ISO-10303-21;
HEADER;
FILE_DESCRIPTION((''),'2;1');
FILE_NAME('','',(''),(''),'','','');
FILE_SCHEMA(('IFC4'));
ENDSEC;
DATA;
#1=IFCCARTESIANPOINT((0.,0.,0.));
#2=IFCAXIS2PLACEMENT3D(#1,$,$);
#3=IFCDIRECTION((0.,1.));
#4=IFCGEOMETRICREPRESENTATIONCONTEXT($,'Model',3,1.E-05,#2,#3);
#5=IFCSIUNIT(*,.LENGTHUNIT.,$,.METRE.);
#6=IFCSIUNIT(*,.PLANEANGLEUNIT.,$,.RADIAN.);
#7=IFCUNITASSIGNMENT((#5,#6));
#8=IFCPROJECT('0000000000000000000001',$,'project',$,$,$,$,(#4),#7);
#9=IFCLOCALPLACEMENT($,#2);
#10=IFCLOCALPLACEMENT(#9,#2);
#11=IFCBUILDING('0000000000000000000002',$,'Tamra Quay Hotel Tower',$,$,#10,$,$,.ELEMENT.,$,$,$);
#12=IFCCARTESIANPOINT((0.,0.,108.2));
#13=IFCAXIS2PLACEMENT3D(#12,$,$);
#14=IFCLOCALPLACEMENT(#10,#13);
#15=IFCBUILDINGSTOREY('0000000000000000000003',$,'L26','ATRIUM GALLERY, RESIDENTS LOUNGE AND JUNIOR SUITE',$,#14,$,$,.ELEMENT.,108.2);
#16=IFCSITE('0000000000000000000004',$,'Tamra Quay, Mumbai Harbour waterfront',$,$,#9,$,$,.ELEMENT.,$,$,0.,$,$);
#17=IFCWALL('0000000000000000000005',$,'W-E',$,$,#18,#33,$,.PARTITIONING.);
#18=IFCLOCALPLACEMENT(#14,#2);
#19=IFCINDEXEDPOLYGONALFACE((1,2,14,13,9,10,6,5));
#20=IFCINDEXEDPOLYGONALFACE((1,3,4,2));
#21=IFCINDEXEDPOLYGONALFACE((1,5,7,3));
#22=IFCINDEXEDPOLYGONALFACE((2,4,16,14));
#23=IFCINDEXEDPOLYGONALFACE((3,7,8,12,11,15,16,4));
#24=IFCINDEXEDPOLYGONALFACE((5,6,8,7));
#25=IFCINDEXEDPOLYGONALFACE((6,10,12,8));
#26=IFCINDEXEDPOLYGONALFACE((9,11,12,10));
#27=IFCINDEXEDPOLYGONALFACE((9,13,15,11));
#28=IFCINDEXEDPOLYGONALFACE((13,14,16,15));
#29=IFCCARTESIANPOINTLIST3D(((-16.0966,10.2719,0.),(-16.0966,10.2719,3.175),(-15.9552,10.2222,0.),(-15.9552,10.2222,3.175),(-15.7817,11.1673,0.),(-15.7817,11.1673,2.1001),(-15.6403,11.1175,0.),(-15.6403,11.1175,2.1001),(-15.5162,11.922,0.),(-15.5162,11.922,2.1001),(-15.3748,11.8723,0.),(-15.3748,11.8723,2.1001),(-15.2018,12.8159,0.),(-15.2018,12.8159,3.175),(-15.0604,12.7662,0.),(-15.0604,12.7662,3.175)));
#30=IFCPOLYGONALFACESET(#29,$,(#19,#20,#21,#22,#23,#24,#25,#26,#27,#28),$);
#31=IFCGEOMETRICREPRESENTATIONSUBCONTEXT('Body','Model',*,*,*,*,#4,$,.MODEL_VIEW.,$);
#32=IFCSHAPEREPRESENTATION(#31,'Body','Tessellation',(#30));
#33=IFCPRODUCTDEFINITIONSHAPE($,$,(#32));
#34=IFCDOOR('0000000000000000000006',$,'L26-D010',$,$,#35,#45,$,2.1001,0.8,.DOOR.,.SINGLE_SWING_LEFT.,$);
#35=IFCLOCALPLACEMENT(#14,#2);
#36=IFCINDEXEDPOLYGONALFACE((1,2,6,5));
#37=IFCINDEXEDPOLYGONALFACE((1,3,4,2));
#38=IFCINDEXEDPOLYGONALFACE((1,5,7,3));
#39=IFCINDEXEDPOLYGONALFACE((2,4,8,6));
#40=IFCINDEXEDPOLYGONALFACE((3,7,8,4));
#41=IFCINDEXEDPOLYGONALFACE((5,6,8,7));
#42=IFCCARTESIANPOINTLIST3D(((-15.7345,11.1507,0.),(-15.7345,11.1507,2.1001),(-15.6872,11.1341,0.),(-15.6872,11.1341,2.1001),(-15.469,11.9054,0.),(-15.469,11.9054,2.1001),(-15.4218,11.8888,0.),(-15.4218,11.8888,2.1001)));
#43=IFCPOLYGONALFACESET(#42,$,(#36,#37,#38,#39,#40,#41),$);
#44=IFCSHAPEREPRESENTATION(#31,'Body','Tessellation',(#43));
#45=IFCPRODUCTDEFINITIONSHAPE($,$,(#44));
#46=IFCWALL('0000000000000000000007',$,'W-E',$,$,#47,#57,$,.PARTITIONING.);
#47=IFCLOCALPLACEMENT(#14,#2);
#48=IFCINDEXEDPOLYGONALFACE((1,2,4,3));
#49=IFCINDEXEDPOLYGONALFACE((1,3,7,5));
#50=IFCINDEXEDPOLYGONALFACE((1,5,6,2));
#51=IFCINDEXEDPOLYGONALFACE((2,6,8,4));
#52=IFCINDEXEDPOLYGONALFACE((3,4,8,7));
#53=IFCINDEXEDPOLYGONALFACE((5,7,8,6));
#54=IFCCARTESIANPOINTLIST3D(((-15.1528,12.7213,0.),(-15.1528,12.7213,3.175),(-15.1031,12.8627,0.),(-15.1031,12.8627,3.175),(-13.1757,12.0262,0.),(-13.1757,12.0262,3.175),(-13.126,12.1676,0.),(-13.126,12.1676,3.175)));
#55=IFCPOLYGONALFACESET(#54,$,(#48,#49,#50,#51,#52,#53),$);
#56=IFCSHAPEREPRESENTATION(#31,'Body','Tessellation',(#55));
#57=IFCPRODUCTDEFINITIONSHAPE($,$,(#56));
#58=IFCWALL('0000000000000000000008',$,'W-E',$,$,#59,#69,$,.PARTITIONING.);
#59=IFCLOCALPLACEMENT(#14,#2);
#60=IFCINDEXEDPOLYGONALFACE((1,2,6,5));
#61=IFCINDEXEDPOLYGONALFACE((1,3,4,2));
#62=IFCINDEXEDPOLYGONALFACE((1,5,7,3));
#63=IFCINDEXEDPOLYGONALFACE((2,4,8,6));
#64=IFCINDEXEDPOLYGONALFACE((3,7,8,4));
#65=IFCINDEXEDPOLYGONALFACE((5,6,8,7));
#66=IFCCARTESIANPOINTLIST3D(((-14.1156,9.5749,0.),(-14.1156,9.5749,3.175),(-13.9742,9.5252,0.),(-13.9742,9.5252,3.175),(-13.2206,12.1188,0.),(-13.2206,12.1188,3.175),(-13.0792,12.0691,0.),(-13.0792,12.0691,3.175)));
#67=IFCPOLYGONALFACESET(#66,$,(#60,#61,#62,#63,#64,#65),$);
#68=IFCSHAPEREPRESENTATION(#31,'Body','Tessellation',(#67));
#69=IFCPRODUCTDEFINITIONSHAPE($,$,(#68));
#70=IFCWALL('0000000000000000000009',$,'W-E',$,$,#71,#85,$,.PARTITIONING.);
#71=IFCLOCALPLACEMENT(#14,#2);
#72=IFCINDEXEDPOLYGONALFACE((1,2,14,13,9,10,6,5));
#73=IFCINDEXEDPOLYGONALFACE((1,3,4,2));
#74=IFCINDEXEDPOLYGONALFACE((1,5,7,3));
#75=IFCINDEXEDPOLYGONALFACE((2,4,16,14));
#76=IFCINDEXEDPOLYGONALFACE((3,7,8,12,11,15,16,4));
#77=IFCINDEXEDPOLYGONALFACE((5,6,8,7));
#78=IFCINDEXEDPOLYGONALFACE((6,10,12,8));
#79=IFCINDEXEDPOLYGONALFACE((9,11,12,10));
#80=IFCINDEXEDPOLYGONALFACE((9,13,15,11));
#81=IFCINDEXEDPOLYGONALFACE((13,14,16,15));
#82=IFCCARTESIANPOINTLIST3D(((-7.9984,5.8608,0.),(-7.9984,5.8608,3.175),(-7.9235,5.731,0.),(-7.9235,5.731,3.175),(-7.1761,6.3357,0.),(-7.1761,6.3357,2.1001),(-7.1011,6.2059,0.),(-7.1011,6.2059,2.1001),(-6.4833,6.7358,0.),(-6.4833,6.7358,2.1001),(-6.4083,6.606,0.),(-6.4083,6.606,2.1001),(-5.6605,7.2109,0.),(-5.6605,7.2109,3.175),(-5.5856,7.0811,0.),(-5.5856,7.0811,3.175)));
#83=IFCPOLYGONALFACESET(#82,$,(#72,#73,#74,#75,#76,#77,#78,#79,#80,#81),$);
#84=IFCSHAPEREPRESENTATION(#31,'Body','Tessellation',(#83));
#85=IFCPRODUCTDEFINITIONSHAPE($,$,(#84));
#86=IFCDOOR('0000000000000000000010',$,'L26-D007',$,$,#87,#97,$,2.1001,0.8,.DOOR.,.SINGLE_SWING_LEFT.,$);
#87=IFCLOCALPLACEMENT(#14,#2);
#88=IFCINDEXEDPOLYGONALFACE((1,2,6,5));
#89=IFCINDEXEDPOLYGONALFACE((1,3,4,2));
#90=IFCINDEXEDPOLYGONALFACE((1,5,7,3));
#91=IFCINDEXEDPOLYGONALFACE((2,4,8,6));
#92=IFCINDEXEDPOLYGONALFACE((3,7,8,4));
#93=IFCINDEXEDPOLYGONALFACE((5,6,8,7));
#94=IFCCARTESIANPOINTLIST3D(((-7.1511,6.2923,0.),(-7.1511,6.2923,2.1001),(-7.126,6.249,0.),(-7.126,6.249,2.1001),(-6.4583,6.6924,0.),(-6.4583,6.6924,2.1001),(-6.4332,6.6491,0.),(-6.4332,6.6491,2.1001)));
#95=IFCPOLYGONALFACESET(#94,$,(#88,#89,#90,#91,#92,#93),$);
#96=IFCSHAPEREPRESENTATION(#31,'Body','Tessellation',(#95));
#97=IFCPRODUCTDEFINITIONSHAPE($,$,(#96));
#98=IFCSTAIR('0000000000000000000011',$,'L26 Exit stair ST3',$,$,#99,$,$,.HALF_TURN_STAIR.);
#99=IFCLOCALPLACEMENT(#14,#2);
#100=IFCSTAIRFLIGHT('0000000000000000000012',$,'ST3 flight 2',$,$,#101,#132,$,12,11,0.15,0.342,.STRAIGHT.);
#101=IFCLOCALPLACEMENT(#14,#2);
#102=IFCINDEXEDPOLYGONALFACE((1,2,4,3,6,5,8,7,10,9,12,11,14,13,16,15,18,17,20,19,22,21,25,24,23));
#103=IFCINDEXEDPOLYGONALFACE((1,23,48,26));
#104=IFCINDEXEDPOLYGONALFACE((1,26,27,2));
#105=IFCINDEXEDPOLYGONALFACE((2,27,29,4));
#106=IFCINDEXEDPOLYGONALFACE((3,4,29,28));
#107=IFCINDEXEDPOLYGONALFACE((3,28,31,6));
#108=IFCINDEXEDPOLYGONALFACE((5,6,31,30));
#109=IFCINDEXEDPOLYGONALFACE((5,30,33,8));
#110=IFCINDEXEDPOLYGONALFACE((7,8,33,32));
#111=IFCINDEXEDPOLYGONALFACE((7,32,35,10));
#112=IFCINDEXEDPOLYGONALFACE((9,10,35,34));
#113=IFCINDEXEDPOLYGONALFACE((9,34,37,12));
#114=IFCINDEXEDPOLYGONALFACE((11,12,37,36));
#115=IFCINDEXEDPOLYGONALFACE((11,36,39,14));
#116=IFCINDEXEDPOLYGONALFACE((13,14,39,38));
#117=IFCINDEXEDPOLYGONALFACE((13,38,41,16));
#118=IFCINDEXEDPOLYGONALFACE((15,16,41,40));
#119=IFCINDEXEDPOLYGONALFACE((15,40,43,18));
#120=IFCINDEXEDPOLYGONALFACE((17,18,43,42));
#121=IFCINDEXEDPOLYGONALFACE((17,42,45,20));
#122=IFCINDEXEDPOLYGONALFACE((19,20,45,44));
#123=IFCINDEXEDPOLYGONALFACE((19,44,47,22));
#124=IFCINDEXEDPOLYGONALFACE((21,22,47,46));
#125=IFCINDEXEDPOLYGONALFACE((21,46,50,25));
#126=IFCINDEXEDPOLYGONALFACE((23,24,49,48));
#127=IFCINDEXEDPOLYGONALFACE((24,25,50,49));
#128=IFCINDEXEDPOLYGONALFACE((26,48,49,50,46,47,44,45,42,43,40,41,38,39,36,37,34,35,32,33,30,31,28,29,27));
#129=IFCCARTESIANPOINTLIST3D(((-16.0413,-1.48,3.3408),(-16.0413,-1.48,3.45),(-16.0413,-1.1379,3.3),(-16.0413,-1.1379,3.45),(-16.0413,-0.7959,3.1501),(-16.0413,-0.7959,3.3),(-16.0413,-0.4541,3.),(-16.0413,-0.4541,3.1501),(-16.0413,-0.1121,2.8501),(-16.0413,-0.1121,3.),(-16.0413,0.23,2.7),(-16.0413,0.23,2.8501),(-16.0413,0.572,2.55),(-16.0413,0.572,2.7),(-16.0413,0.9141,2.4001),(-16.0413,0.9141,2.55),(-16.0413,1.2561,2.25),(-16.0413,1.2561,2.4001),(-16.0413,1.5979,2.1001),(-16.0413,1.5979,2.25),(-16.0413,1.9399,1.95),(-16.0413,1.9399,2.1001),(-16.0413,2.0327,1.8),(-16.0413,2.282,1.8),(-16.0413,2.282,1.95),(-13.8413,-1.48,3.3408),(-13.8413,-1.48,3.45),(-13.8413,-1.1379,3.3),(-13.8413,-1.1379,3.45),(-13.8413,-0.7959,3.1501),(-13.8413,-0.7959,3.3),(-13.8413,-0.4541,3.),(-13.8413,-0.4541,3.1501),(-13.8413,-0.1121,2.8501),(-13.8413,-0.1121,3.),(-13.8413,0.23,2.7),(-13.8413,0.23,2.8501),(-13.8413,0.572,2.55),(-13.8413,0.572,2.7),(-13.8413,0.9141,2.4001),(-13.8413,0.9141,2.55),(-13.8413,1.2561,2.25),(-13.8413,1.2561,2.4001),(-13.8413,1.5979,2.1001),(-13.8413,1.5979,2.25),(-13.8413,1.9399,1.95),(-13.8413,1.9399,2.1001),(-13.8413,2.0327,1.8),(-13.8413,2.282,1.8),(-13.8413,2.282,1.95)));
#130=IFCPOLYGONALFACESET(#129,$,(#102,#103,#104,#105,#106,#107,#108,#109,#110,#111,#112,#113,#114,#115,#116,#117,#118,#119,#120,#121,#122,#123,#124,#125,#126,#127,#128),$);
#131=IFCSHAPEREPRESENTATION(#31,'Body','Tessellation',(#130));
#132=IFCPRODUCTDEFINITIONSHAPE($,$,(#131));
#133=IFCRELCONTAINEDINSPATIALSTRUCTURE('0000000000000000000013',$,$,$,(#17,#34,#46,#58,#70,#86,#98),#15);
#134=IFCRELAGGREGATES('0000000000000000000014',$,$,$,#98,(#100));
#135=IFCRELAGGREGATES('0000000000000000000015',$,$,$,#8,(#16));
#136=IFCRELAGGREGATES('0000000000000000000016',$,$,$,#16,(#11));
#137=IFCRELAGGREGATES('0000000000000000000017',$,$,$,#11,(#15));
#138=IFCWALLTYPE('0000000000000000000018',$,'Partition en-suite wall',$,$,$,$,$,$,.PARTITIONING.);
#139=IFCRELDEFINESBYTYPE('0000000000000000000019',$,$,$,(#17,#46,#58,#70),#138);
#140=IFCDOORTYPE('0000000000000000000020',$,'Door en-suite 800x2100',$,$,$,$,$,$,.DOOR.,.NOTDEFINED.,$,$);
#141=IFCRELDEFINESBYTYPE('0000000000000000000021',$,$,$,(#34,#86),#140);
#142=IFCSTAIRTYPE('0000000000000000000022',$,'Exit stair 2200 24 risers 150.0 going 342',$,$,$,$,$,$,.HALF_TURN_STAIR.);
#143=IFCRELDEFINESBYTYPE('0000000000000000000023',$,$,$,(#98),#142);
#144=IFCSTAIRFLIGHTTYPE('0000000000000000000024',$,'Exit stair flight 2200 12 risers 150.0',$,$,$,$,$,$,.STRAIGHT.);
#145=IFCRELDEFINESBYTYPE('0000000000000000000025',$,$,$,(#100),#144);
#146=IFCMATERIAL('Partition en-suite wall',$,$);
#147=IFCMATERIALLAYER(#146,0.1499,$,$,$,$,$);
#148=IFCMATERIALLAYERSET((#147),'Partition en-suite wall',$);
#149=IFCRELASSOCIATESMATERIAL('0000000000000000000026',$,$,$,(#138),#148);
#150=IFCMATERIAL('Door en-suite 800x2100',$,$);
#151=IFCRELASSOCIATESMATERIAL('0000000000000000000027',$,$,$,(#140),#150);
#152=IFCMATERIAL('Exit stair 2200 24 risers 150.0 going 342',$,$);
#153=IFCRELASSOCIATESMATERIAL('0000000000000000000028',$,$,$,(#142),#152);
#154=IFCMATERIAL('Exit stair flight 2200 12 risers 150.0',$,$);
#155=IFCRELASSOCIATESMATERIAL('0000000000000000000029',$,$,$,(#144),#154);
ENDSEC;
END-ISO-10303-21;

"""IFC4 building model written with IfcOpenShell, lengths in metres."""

from ifc_helpers import new_model, si_unit, direction, frame, frame_2d, origin, place, context, subcontext, project, spatial, polyline, rectangle, outline, extrude, material, layer, layer_set, type_object, element, fill, aggregate, save


model = new_model("IFC4")

# Units and contexts
model_context = context("Model", 3, precision=1e-05, world=origin(), true_north=direction((0.0, 1.0)))
body_context = subcontext(model_context, "Body", "Model", "MODEL_VIEW")
ifc_project = project(units=[si_unit("LENGTHUNIT", "METRE"), si_unit("PLANEANGLEUNIT", "RADIAN")], contexts=[model_context])

# Site, building, storey
site_placement = place(None, origin())
site = spatial("IfcSite", under=ifc_project, at=site_placement, Name="Tamra Quay, Mumbai Harbour waterfront", CompositionType="ELEMENT", RefElevation=0.0)
building_placement = place(site_placement, origin())
building = spatial("IfcBuilding", under=site, at=building_placement, Name="Tamra Quay Hotel Tower", CompositionType="ELEMENT")
storey_placement = place(building_placement, frame((0.0, 0.0, 108.2)))
storey = spatial("IfcBuildingStorey", under=building, at=storey_placement, Name="L26", Description="ATRIUM GALLERY, RESIDENTS LOUNGE AND JUNIOR SUITE", CompositionType="ELEMENT", Elevation=108.2)

# Wall, opening, door
ifc_material_1 = material(Name="Partition en-suite wall")
ifc_layer_1 = layer(ifc_material_1, 0.1499)
ifc_layer_set_1 = layer_set([ifc_layer_1], Name="Partition en-suite wall")
wall_type_1 = type_object("IfcWallType", Name="Partition en-suite wall", PredefinedType="PARTITIONING", material=ifc_layer_set_1)
wall_1_placement = place(storey_placement, frame((-16.0259, 10.2471, 0.0), z_axis=(0.0, 0.0, 1.0), x_axis=(0.331802, 0.943349, 0.0)))
wall_1 = element("IfcWall", 1, at=wall_1_placement, inside=storey, type_object=wall_type_1, Name="W-E", PredefinedType="PARTITIONING", context=body_context, shape_type="SweptSolid", body=[
    extrude(rectangle(XDim=2.6968, YDim=0.1499, at=frame_2d((1.3484, 0.0))), origin(), (0.0, 0.0, 1.0), 3.175),
])
opening_1_placement = place(wall_1_placement, frame((0.9492, 0.0, 0.0)))
opening_1 = element("IfcOpeningElement", 2, at=opening_1_placement, cuts=wall_1, PredefinedType="OPENING", context=body_context, shape_type="SweptSolid", body=[
    extrude(rectangle(XDim=0.8, YDim=2.1001, at=frame_2d((0.3999, 1.05))), frame((0.0, 0.085, 0.0), z_axis=(0.0, -1.0, 0.0), x_axis=(1.0, 0.0, 0.0)), (0.0, 0.0, 1.0), 0.1699),
])
ifc_material_2 = material(Name="Door en-suite 800x2100")
door_type_1 = type_object("IfcDoorType", Name="Door en-suite 800x2100", OperationType="NOTDEFINED", PredefinedType="DOOR", material=ifc_material_2)
door_1_placement = place(opening_1_placement, origin())
door_1 = element("IfcDoor", 3, at=door_1_placement, inside=storey, type_object=door_type_1, Name="L26-D010", OperationType="SINGLE_SWING_LEFT", OverallHeight=2.1001, OverallWidth=0.8, PredefinedType="DOOR", context=body_context, shape_type="SweptSolid", body=[
    extrude(rectangle(XDim=0.8, YDim=2.1001, at=frame_2d((0.3999, 1.05))), frame((0.0, 0.0249, 0.0), z_axis=(0.0, -1.0, 0.0), x_axis=(1.0, 0.0, 0.0)), (0.0, 0.0, 1.0), 0.05),
])
fill(opening_1, door_1)

# Walls
wall_2_placement = place(storey_placement, frame((-15.1279, 12.792, 0.0), z_axis=(0.0, 0.0, 1.0), x_axis=(0.943396, -0.331668, 0.0)))
element("IfcWall", 4, at=wall_2_placement, inside=storey, type_object=wall_type_1, Name="W-E", PredefinedType="PARTITIONING", context=body_context, shape_type="SweptSolid", body=[
    extrude(rectangle(XDim=2.0957, YDim=0.1499, at=frame_2d((1.0479, 0.0))), origin(), (0.0, 0.0, 1.0), 3.175),
])
wall_3_placement = place(storey_placement, frame((-14.0449, 9.55, 0.0), z_axis=(0.0, 0.0, 1.0), x_axis=(0.331882, 0.943321, 0.0)))
element("IfcWall", 5, at=wall_3_placement, inside=storey, type_object=wall_type_1, Name="W-E", PredefinedType="PARTITIONING", context=body_context, shape_type="SweptSolid", body=[
    extrude(rectangle(XDim=2.6968, YDim=0.1499, at=frame_2d((1.3484, 0.0))), origin(), (0.0, 0.0, 1.0), 3.175),
])

# Wall, opening, door
wall_4_placement = place(storey_placement, frame((-7.9609, 5.7959, 0.0), z_axis=(0.0, 0.0, 1.0), x_axis=(0.865975, 0.500088, 0.0)))
wall_4 = element("IfcWall", 6, at=wall_4_placement, inside=storey, type_object=wall_type_1, Name="W-E", PredefinedType="PARTITIONING", context=body_context, shape_type="SweptSolid", body=[
    extrude(rectangle(XDim=2.6997, YDim=0.1499, at=frame_2d((1.3499, 0.0))), origin(), (0.0, 0.0, 1.0), 3.175),
])
opening_2_placement = place(wall_4_placement, frame((0.9497, 0.0, 0.0)))
opening_2 = element("IfcOpeningElement", 7, at=opening_2_placement, cuts=wall_4, PredefinedType="OPENING", context=body_context, shape_type="SweptSolid", body=[
    extrude(rectangle(XDim=0.8, YDim=2.1001, at=frame_2d((0.3999, 1.05))), frame((0.0, 0.085, 0.0), z_axis=(0.0, -1.0, 0.0), x_axis=(1.0, 0.0, 0.0)), (0.0, 0.0, 1.0), 0.1699),
])
door_2_placement = place(opening_2_placement, origin())
door_2 = element("IfcDoor", 8, at=door_2_placement, inside=storey, type_object=door_type_1, Name="L26-D007", OperationType="SINGLE_SWING_LEFT", OverallHeight=2.1001, OverallWidth=0.8, PredefinedType="DOOR", context=body_context, shape_type="SweptSolid", body=[
    extrude(rectangle(XDim=0.8, YDim=2.1001, at=frame_2d((0.3999, 1.05))), frame((0.0, 0.0249, 0.0), z_axis=(0.0, -1.0, 0.0), x_axis=(1.0, 0.0, 0.0)), (0.0, 0.0, 1.0), 0.05),
])
fill(opening_2, door_2)

# Stair, stair flight
ifc_material_3 = material(Name="Exit stair 2200 24 risers 150.0 going 342")
stair_type = type_object("IfcStairType", Name="Exit stair 2200 24 risers 150.0 going 342", PredefinedType="HALF_TURN_STAIR", material=ifc_material_3)
stair_placement = place(storey_placement, origin())
stair = element("IfcStair", 9, at=stair_placement, inside=storey, type_object=stair_type, Name="L26 Exit stair ST3", PredefinedType="HALF_TURN_STAIR")
ifc_material_4 = material(Name="Exit stair flight 2200 12 risers 150.0")
stair_flight_type = type_object("IfcStairFlightType", Name="Exit stair flight 2200 12 risers 150.0", PredefinedType="STRAIGHT", material=ifc_material_4)
stair_flight_placement = place(storey_placement, frame((-14.9414, 2.282, 1.8), z_axis=(0.0, 0.0, 1.0), x_axis=(0.0, -1.0, 0.0)))
stair_flight = element("IfcStairFlight", 10, at=stair_flight_placement, type_object=stair_flight_type, Name="ST3 flight 2", NumberOfRisers=12, NumberOfTreads=11, PredefinedType="STRAIGHT", RiserHeight=0.15, TreadLength=0.342, context=body_context, shape_type="SweptSolid", body=[
    extrude(outline(polyline([(0.0, 0.0), (0.0, 0.1499), (0.342, 0.1499), (0.342, 0.3), (0.6841, 0.3), (0.6841, 0.45), (1.0259, 0.45), (1.0259, 0.6001), (1.3679, 0.6001), (1.3679, 0.75), (1.71, 0.75), (1.71, 0.8999), (2.052, 0.8999), (2.052, 1.05), (2.394, 1.05), (2.394, 1.2), (2.7361, 1.2), (2.7361, 1.3501), (3.0779, 1.3501), (3.0779, 1.5), (3.4199, 1.5), (3.4199, 1.6499), (3.762, 1.6499), (3.762, 1.8), (3.762, 1.5408), (0.2493, 0.0), (0.0, 0.0)])), frame((0.0, 1.1001, 0.0), z_axis=(0.0, -1.0, 0.0), x_axis=(1.0, 0.0, 0.0)), (0.0, 0.0, 1.0), 2.2),
])
aggregate(stair, [stair_flight])

save(model, "model.ifc")
